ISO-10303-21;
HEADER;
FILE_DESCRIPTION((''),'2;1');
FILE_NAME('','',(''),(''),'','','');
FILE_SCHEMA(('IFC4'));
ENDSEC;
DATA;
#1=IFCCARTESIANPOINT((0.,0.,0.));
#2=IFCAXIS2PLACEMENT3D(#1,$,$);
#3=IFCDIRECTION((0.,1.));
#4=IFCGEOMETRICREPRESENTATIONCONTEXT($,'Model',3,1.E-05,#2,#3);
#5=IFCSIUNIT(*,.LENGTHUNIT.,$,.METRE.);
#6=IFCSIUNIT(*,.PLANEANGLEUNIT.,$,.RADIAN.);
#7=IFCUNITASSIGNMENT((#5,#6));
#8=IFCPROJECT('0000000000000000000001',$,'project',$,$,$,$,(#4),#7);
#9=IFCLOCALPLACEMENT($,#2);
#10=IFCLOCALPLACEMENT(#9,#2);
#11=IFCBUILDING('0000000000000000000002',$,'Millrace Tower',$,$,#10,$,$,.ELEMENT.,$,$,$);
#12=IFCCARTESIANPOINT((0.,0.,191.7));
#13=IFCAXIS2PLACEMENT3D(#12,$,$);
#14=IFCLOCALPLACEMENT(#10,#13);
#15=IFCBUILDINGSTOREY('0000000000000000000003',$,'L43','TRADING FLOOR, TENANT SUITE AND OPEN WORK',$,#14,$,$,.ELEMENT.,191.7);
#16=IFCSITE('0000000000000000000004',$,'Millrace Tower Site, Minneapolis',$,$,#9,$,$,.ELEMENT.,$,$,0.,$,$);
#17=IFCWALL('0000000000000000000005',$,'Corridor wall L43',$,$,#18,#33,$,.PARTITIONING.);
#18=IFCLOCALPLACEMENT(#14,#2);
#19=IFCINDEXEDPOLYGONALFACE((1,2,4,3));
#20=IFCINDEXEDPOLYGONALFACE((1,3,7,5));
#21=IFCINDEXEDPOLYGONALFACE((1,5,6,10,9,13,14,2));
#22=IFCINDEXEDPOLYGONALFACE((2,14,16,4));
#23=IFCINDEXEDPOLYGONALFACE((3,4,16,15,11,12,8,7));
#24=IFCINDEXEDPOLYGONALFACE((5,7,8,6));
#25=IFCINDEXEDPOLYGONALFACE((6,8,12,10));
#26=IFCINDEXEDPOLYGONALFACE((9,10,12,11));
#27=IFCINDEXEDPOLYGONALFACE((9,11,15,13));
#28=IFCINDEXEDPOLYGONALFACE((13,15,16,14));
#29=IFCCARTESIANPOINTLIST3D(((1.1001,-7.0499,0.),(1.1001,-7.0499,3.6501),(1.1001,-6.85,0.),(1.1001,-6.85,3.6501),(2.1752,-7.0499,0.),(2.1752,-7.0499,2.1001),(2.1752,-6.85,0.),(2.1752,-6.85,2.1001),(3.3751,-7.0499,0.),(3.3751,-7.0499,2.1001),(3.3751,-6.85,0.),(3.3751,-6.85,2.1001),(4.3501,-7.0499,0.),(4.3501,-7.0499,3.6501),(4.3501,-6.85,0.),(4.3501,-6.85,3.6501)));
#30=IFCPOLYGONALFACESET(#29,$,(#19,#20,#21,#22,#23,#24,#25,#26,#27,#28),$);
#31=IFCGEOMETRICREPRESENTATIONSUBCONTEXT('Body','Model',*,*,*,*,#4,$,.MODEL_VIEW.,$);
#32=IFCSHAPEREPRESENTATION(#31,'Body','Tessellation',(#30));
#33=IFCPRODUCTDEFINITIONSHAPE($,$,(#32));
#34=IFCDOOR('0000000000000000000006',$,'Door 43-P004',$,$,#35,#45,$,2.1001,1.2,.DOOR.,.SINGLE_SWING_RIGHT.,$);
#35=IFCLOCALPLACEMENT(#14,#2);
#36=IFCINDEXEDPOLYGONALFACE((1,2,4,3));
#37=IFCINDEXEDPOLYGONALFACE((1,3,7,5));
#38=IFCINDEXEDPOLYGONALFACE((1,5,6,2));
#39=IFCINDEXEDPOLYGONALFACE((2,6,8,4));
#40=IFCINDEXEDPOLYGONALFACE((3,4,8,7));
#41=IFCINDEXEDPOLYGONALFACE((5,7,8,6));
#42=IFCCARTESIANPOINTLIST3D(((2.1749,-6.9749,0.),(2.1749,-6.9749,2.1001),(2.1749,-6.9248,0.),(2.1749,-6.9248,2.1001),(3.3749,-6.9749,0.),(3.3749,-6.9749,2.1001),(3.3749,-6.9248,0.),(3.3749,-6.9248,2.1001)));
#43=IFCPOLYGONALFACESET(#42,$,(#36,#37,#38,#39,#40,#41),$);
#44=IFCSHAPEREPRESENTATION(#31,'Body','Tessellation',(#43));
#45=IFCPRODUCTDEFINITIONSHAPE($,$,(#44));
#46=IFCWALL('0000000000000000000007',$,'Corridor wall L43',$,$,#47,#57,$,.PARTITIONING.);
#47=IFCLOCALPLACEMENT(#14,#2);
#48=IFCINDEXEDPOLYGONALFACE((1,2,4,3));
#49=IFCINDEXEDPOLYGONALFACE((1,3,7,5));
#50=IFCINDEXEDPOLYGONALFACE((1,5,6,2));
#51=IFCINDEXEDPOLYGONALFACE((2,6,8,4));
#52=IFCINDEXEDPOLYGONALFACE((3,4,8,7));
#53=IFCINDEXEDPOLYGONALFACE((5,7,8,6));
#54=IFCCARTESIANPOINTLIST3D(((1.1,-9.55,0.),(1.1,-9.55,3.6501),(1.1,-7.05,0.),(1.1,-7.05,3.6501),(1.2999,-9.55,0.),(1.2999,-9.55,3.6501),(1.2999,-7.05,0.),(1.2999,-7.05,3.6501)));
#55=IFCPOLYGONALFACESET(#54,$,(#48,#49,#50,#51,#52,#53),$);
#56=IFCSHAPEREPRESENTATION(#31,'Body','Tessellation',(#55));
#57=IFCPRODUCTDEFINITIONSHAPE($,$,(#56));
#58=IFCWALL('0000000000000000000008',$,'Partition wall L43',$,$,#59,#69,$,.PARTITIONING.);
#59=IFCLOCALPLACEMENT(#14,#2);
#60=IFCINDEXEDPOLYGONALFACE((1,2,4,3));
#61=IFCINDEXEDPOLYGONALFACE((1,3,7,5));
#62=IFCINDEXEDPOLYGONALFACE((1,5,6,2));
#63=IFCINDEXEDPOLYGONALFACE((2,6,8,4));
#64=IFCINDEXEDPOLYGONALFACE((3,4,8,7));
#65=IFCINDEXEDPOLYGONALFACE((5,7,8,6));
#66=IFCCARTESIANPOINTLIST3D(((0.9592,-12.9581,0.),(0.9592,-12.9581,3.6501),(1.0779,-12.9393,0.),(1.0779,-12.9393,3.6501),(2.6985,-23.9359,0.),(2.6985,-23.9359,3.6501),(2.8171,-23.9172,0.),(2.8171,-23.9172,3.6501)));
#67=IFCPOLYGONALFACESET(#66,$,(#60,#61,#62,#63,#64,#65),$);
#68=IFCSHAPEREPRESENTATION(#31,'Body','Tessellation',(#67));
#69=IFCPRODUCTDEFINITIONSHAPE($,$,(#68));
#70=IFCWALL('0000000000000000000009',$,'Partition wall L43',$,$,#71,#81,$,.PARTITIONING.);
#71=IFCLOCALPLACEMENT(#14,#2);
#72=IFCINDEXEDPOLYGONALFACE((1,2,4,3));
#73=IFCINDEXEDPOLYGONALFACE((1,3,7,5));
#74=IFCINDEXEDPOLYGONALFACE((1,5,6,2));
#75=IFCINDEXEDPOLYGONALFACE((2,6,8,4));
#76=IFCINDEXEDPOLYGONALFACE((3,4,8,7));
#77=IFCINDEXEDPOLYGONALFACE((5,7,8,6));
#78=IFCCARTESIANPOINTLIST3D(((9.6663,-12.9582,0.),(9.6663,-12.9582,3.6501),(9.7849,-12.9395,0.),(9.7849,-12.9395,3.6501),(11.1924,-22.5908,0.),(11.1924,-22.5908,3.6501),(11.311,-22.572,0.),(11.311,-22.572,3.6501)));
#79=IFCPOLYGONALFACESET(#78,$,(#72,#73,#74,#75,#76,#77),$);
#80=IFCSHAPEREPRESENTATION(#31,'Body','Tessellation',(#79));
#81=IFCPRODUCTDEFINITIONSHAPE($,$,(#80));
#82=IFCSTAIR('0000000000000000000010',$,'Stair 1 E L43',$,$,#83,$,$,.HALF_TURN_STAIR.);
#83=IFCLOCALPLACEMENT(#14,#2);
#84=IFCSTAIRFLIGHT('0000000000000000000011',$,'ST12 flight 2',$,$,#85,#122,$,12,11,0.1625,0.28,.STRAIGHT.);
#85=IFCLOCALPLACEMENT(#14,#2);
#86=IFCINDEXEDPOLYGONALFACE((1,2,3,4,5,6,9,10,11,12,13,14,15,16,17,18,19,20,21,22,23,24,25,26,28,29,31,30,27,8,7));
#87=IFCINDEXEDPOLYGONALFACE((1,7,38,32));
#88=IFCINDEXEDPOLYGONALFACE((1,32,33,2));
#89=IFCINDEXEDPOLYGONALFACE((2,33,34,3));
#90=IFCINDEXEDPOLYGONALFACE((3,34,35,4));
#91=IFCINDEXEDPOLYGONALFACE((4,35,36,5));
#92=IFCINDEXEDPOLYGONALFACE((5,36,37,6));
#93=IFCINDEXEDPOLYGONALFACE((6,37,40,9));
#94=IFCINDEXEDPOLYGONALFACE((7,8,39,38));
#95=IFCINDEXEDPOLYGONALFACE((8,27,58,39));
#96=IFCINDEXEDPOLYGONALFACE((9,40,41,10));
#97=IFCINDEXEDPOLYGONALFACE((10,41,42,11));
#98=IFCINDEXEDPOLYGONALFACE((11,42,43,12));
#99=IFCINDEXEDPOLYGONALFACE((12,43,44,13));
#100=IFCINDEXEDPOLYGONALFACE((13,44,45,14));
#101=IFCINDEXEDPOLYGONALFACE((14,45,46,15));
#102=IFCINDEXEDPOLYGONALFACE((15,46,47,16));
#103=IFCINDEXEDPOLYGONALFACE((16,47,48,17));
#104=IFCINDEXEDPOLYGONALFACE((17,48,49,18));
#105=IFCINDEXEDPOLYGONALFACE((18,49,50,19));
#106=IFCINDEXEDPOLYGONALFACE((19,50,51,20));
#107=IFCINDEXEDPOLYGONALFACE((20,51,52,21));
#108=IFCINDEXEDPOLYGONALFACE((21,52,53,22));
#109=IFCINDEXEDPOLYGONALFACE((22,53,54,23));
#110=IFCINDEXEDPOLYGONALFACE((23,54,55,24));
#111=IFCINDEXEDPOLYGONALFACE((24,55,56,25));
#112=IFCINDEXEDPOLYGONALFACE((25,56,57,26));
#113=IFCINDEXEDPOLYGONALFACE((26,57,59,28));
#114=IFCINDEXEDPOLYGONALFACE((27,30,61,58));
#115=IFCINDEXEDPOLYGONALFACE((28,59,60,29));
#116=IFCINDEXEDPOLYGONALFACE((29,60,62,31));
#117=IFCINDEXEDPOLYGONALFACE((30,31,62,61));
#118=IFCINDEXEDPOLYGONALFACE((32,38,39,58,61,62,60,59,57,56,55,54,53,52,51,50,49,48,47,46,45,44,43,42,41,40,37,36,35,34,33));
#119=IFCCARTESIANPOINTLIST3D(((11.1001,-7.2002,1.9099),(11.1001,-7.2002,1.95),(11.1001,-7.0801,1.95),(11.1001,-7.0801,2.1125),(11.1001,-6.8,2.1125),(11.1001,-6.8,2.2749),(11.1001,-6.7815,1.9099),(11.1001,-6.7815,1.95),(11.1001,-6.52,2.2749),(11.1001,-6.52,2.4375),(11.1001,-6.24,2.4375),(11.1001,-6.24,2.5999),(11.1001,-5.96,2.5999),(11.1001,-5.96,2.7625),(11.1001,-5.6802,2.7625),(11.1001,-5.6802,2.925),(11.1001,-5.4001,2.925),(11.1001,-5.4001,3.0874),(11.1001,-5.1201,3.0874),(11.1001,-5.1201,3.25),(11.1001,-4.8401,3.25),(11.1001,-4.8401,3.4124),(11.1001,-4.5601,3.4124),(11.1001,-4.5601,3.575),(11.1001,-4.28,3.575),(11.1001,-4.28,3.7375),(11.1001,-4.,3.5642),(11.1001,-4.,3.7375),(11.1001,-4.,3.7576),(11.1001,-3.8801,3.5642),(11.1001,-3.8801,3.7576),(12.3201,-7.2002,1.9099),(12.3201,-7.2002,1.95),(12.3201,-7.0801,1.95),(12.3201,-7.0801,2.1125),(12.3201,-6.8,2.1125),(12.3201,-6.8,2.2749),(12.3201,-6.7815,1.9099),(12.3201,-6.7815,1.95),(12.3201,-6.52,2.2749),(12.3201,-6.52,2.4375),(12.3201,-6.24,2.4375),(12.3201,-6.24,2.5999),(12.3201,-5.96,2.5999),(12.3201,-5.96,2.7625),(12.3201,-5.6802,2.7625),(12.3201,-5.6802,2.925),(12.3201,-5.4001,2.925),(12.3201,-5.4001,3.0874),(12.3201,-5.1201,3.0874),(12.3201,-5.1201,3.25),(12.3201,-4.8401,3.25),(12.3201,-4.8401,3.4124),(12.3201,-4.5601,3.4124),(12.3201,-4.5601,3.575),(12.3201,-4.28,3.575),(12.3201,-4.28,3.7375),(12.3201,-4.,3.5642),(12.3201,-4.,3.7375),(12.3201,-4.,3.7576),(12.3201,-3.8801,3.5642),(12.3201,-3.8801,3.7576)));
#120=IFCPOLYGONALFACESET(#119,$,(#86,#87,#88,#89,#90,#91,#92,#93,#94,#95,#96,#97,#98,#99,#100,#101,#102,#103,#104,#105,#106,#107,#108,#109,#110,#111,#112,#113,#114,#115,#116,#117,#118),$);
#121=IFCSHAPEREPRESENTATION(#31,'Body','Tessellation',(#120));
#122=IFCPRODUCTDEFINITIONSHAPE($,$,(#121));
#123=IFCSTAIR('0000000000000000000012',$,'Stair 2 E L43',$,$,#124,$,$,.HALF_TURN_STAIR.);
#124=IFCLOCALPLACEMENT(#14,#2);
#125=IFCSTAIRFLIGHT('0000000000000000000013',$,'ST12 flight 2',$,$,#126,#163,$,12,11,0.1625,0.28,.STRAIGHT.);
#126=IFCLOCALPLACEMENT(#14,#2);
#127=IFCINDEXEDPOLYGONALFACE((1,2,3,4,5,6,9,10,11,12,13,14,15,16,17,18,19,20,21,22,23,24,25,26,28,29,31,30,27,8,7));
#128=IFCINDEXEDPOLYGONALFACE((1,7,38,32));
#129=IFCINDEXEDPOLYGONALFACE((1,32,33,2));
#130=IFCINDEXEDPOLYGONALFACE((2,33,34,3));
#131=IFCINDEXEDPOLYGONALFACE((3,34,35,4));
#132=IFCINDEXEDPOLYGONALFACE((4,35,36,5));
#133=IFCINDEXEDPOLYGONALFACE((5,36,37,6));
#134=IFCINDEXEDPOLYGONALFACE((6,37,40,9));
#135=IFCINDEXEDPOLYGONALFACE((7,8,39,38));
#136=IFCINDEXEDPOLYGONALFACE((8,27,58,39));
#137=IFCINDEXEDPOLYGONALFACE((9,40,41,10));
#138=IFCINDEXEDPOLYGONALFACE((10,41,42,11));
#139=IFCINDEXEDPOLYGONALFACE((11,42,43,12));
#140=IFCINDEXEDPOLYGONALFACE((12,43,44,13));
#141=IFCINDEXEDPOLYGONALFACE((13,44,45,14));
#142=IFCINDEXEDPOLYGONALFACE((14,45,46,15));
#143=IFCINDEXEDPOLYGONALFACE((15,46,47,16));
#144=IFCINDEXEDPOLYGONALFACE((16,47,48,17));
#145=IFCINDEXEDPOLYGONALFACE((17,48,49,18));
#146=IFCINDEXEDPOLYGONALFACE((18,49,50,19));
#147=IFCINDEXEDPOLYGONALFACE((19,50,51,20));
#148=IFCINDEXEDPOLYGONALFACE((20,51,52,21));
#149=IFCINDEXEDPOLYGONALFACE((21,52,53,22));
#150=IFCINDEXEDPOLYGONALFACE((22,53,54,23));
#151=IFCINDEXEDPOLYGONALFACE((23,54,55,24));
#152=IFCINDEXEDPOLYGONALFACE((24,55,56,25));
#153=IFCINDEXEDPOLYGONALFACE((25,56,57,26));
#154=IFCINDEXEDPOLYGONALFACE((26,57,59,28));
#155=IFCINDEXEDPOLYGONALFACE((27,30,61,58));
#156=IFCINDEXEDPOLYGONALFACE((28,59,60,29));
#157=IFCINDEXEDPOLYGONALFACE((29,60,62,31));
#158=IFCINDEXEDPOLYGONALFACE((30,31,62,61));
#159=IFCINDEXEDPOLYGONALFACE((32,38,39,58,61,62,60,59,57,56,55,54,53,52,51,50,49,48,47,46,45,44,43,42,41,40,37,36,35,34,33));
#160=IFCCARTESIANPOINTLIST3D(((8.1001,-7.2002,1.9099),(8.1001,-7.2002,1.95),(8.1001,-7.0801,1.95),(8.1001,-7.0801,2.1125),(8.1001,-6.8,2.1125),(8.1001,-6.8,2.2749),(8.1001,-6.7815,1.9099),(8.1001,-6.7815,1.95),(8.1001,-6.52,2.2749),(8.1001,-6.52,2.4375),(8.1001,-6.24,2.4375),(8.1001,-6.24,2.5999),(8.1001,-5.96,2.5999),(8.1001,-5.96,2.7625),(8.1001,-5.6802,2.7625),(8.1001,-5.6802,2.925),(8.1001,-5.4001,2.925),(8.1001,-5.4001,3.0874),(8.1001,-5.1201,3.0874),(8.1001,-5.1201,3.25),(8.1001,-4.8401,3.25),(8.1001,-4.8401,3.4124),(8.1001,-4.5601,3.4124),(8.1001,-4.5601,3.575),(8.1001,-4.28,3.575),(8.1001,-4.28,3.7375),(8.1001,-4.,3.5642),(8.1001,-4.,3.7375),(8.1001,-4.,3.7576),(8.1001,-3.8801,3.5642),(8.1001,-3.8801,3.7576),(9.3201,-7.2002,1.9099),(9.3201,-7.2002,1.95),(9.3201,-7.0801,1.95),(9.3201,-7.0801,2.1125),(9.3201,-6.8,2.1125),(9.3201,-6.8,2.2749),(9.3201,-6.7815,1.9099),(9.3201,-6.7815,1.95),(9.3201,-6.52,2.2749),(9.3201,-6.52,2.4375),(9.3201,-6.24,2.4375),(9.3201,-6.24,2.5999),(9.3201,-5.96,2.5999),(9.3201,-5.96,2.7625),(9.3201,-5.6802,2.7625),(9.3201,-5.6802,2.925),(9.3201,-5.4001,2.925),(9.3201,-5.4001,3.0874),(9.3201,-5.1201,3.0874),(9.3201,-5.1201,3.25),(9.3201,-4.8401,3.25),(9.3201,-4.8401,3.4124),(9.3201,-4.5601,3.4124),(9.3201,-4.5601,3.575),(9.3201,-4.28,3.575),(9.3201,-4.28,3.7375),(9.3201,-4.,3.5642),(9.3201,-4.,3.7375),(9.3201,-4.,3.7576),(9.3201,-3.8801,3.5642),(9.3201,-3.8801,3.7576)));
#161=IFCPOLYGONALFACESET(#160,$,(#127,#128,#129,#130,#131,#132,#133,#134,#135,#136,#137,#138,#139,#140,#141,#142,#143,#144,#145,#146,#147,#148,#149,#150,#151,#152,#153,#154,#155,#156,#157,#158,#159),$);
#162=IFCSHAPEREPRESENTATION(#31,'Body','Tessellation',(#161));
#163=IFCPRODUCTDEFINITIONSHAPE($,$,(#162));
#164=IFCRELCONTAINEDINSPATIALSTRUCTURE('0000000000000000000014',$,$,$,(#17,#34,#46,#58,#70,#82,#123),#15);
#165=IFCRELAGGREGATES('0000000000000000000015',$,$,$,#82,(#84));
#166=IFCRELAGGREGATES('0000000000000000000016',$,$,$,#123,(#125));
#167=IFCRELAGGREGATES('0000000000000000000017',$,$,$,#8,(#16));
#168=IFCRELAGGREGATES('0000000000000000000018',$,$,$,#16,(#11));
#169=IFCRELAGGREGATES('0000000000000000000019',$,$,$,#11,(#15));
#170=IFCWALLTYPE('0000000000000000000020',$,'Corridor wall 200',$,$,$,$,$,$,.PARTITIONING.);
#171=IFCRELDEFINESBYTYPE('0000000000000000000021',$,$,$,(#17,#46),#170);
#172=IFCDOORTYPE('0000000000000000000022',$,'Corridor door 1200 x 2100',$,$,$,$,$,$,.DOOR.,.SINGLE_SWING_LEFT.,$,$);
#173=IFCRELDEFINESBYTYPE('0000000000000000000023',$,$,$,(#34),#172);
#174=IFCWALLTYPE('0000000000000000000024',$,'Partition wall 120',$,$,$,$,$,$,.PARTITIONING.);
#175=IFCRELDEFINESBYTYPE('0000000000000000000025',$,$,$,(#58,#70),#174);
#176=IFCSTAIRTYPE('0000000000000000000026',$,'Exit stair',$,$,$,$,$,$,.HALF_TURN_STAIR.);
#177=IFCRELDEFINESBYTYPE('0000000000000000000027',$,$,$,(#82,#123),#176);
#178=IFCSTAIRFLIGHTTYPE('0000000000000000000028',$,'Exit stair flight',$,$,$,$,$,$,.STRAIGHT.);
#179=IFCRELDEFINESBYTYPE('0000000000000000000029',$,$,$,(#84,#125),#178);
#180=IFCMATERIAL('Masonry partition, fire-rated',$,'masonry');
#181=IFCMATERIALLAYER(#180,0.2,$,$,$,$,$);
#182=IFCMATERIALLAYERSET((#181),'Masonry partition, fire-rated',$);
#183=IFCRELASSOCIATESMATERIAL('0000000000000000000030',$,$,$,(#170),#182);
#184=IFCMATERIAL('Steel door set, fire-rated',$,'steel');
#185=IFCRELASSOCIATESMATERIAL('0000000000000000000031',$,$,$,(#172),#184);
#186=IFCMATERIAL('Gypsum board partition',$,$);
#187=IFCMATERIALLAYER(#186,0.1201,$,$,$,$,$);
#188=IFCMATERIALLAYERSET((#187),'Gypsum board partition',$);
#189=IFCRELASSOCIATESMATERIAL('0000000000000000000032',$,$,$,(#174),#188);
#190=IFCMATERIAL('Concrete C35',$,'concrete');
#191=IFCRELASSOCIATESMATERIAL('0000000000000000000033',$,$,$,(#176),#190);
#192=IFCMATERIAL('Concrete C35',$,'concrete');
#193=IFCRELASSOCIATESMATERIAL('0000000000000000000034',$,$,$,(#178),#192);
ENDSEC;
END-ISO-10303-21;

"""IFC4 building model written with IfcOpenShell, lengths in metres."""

from ifc_helpers import new_model, si_unit, direction, frame, frame_2d, origin, place, context, subcontext, project, spatial, polyline, rectangle, outline, extrude, material, layer, layer_set, type_object, element, fill, aggregate, save


model = new_model("IFC4")

# Units and contexts
model_context = context("Model", 3, precision=1e-05, world=origin(), true_north=direction((0.0, 1.0)))
body_context = subcontext(model_context, "Body", "Model", "MODEL_VIEW")
ifc_project = project(units=[si_unit("LENGTHUNIT", "METRE"), si_unit("PLANEANGLEUNIT", "RADIAN")], contexts=[model_context])

# Site, building, storey
site_placement = place(None, origin())
site = spatial("IfcSite", under=ifc_project, at=site_placement, Name="Millrace Tower Site, Minneapolis", CompositionType="ELEMENT", RefElevation=0.0)
building_placement = place(site_placement, origin())
building = spatial("IfcBuilding", under=site, at=building_placement, Name="Millrace Tower", CompositionType="ELEMENT")
storey_placement = place(building_placement, frame((0.0, 0.0, 191.7)))
storey = spatial("IfcBuildingStorey", under=building, at=storey_placement, Name="L43", Description="TRADING FLOOR, TENANT SUITE AND OPEN WORK", CompositionType="ELEMENT", Elevation=191.7)

# Shared definitions
placement = place(storey_placement, origin())

# Shared definitions
ifc_material_1 = material(Name="Masonry partition, fire-rated", Category="masonry")
ifc_layer_1 = layer(ifc_material_1, 0.2)
ifc_layer_set_1 = layer_set([ifc_layer_1], Name="Masonry partition, fire-rated")
wall_type_1 = type_object("IfcWallType", Name="Corridor wall 200", PredefinedType="PARTITIONING", material=ifc_layer_set_1)

# Wall, opening, door
wall_1_placement = place(storey_placement, frame((1.1001, -6.95, 0.0), z_axis=(0.0, 0.0, 1.0), x_axis=(1.0, 0.0, 0.0)))
wall_1 = element("IfcWall", 1, at=wall_1_placement, inside=storey, type_object=wall_type_1, Name="Corridor wall L43", PredefinedType="PARTITIONING", context=body_context, shape_type="SweptSolid", body=[
    extrude(rectangle(XDim=3.25, YDim=0.2, at=frame_2d((1.625, 0.0))), origin(), (0.0, 0.0, 1.0), 3.6501),
])
opening_placement = place(wall_1_placement, frame((1.075, 0.0, 0.0)))
opening = element("IfcOpeningElement", 2, at=opening_placement, cuts=wall_1, PredefinedType="OPENING", context=body_context, shape_type="SweptSolid", body=[
    extrude(rectangle(XDim=1.2, YDim=2.1001, at=frame_2d((0.6001, 1.05))), frame((0.0, 0.1099, 0.0), z_axis=(0.0, -1.0, 0.0), x_axis=(1.0, 0.0, 0.0)), (0.0, 0.0, 1.0), 0.22),
])
ifc_material_2 = material(Name="Steel door set, fire-rated", Category="steel")
door_type = type_object("IfcDoorType", Name="Corridor door 1200 x 2100", OperationType="SINGLE_SWING_LEFT", PredefinedType="DOOR", material=ifc_material_2)
door_placement = place(opening_placement, frame((1.2, 0.0, 0.0), z_axis=(0.0, 0.0, 1.0), x_axis=(-1.0, 0.0, 0.0)))
door = element("IfcDoor", 3, at=door_placement, inside=storey, type_object=door_type, Name="Door 43-P004", OperationType="SINGLE_SWING_RIGHT", OverallHeight=2.1001, OverallWidth=1.2, PredefinedType="DOOR", context=body_context, shape_type="SweptSolid", body=[
    extrude(rectangle(XDim=1.2, YDim=2.1001, at=frame_2d((0.6001, 1.05))), frame((0.0, 0.0249, 0.0), z_axis=(0.0, -1.0, 0.0), x_axis=(1.0, 0.0, 0.0)), (0.0, 0.0, 1.0), 0.05),
])
fill(opening, door)

# Walls
wall_2_placement = place(storey_placement, frame((1.2, -9.55, 0.0), z_axis=(0.0, 0.0, 1.0), x_axis=(0.0, 1.0, 0.0)))
element("IfcWall", 4, at=wall_2_placement, inside=storey, type_object=wall_type_1, Name="Corridor wall L43", PredefinedType="PARTITIONING", context=body_context, shape_type="SweptSolid", body=[
    extrude(rectangle(XDim=2.5, YDim=0.2, at=frame_2d((1.25, 0.0))), origin(), (0.0, 0.0, 1.0), 3.6501),
])
ifc_material_3 = material(Name="Gypsum board partition")
ifc_layer_2 = layer(ifc_material_3, 0.1201)
ifc_layer_set_2 = layer_set([ifc_layer_2], Name="Gypsum board partition")
wall_type_2 = type_object("IfcWallType", Name="Partition wall 120", PredefinedType="PARTITIONING", material=ifc_layer_set_2)
wall_3_placement = place(storey_placement, frame((1.0186, -12.9487, 0.0), z_axis=(0.0, 0.0, 1.0), x_axis=(0.156483, -0.987681, 0.0)))
element("IfcWall", 5, at=wall_3_placement, inside=storey, type_object=wall_type_2, Name="Partition wall L43", PredefinedType="PARTITIONING", context=body_context, shape_type="SweptSolid", body=[
    extrude(rectangle(XDim=11.1147, YDim=0.1201, at=frame_2d((5.5574, 0.0))), origin(), (0.0, 0.0, 1.0), 3.6501),
])
wall_4_placement = place(storey_placement, frame((9.7256, -12.9487, 0.0), z_axis=(0.0, 0.0, 1.0), x_axis=(0.156482, -0.987681, 0.0)))
element("IfcWall", 6, at=wall_4_placement, inside=storey, type_object=wall_type_2, Name="Partition wall L43", PredefinedType="PARTITIONING", context=body_context, shape_type="SweptSolid", body=[
    extrude(rectangle(XDim=9.7527, YDim=0.1201, at=frame_2d((4.8765, 0.0))), origin(), (0.0, 0.0, 1.0), 3.6501),
])

# Stairs, stair flights
ifc_material_4 = material(Name="Concrete C35", Category="concrete")
stair_type = type_object("IfcStairType", Name="Exit stair", PredefinedType="HALF_TURN_STAIR", material=ifc_material_4)
stair_1 = element("IfcStair", 7, at=placement, inside=storey, type_object=stair_type, Name="Stair 1 E L43", PredefinedType="HALF_TURN_STAIR")
ifc_material_5 = material(Name="Concrete C35", Category="concrete")
stair_flight_type = type_object("IfcStairFlightType", Name="Exit stair flight", PredefinedType="STRAIGHT", material=ifc_material_5)
stair_flight_1_placement = place(storey_placement, frame((11.71, -7.0801, 1.95), z_axis=(0.0, 0.0, 1.0), x_axis=(0.0, 1.0, 0.0)))
stair_flight_1 = element("IfcStairFlight", 8, at=stair_flight_1_placement, type_object=stair_flight_type, Name="ST12 flight 2", NumberOfRisers=12, NumberOfTreads=11, PredefinedType="STRAIGHT", RiserHeight=0.1625, TreadLength=0.28, context=body_context, shape_type="SweptSolid", body=[
    extrude(outline(polyline([(-0.1201, -0.04), (-0.1201, 0.0), (0.0, 0.0), (0.0, 0.1626), (0.28, 0.1626), (0.28, 0.325), (0.5601, 0.325), (0.5601, 0.4875), (0.8401, 0.4875), (0.8401, 0.6499), (1.1201, 0.6499), (1.1201, 0.8125), (1.3999, 0.8125), (1.3999, 0.9751), (1.6799, 0.9751), (1.6799, 1.1375), (1.96, 1.1375), (1.96, 1.3), (2.24, 1.3), (2.24, 1.4624), (2.52, 1.4624), (2.52, 1.625), (2.8, 1.625), (2.8, 1.7876), (3.0801, 1.7876), (3.0801, 1.8076), (3.2, 1.8076), (3.2, 1.6143), (3.0801, 1.6143), (0.2986, 0.0), (0.2986, -0.04), (-0.1201, -0.04)])), frame((0.0, 0.6099, 0.0), z_axis=(0.0, -1.0, 0.0), x_axis=(1.0, 0.0, 0.0)), (0.0, 0.0, 1.0), 1.22),
])
aggregate(stair_1, [stair_flight_1])
stair_2 = element("IfcStair", 9, at=placement, inside=storey, type_object=stair_type, Name="Stair 2 E L43", PredefinedType="HALF_TURN_STAIR")
stair_flight_2_placement = place(storey_placement, frame((8.71, -7.0801, 1.95), z_axis=(0.0, 0.0, 1.0), x_axis=(0.0, 1.0, 0.0)))
stair_flight_2 = element("IfcStairFlight", 10, at=stair_flight_2_placement, type_object=stair_flight_type, Name="ST12 flight 2", NumberOfRisers=12, NumberOfTreads=11, PredefinedType="STRAIGHT", RiserHeight=0.1625, TreadLength=0.28, context=body_context, shape_type="SweptSolid", body=[
    extrude(outline(polyline([(-0.1201, -0.04), (-0.1201, 0.0), (0.0, 0.0), (0.0, 0.1626), (0.28, 0.1626), (0.28, 0.325), (0.5601, 0.325), (0.5601, 0.4875), (0.8401, 0.4875), (0.8401, 0.6499), (1.1201, 0.6499), (1.1201, 0.8125), (1.3999, 0.8125), (1.3999, 0.9751), (1.6799, 0.9751), (1.6799, 1.1375), (1.96, 1.1375), (1.96, 1.3), (2.24, 1.3), (2.24, 1.4624), (2.52, 1.4624), (2.52, 1.625), (2.8, 1.625), (2.8, 1.7876), (3.0801, 1.7876), (3.0801, 1.8076), (3.2, 1.8076), (3.2, 1.6143), (3.0801, 1.6143), (0.2986, 0.0), (0.2986, -0.04), (-0.1201, -0.04)])), frame((0.0, 0.6099, 0.0), z_axis=(0.0, -1.0, 0.0), x_axis=(1.0, 0.0, 0.0)), (0.0, 0.0, 1.0), 1.22),
])
aggregate(stair_2, [stair_flight_2])

save(model, "model.ifc")
